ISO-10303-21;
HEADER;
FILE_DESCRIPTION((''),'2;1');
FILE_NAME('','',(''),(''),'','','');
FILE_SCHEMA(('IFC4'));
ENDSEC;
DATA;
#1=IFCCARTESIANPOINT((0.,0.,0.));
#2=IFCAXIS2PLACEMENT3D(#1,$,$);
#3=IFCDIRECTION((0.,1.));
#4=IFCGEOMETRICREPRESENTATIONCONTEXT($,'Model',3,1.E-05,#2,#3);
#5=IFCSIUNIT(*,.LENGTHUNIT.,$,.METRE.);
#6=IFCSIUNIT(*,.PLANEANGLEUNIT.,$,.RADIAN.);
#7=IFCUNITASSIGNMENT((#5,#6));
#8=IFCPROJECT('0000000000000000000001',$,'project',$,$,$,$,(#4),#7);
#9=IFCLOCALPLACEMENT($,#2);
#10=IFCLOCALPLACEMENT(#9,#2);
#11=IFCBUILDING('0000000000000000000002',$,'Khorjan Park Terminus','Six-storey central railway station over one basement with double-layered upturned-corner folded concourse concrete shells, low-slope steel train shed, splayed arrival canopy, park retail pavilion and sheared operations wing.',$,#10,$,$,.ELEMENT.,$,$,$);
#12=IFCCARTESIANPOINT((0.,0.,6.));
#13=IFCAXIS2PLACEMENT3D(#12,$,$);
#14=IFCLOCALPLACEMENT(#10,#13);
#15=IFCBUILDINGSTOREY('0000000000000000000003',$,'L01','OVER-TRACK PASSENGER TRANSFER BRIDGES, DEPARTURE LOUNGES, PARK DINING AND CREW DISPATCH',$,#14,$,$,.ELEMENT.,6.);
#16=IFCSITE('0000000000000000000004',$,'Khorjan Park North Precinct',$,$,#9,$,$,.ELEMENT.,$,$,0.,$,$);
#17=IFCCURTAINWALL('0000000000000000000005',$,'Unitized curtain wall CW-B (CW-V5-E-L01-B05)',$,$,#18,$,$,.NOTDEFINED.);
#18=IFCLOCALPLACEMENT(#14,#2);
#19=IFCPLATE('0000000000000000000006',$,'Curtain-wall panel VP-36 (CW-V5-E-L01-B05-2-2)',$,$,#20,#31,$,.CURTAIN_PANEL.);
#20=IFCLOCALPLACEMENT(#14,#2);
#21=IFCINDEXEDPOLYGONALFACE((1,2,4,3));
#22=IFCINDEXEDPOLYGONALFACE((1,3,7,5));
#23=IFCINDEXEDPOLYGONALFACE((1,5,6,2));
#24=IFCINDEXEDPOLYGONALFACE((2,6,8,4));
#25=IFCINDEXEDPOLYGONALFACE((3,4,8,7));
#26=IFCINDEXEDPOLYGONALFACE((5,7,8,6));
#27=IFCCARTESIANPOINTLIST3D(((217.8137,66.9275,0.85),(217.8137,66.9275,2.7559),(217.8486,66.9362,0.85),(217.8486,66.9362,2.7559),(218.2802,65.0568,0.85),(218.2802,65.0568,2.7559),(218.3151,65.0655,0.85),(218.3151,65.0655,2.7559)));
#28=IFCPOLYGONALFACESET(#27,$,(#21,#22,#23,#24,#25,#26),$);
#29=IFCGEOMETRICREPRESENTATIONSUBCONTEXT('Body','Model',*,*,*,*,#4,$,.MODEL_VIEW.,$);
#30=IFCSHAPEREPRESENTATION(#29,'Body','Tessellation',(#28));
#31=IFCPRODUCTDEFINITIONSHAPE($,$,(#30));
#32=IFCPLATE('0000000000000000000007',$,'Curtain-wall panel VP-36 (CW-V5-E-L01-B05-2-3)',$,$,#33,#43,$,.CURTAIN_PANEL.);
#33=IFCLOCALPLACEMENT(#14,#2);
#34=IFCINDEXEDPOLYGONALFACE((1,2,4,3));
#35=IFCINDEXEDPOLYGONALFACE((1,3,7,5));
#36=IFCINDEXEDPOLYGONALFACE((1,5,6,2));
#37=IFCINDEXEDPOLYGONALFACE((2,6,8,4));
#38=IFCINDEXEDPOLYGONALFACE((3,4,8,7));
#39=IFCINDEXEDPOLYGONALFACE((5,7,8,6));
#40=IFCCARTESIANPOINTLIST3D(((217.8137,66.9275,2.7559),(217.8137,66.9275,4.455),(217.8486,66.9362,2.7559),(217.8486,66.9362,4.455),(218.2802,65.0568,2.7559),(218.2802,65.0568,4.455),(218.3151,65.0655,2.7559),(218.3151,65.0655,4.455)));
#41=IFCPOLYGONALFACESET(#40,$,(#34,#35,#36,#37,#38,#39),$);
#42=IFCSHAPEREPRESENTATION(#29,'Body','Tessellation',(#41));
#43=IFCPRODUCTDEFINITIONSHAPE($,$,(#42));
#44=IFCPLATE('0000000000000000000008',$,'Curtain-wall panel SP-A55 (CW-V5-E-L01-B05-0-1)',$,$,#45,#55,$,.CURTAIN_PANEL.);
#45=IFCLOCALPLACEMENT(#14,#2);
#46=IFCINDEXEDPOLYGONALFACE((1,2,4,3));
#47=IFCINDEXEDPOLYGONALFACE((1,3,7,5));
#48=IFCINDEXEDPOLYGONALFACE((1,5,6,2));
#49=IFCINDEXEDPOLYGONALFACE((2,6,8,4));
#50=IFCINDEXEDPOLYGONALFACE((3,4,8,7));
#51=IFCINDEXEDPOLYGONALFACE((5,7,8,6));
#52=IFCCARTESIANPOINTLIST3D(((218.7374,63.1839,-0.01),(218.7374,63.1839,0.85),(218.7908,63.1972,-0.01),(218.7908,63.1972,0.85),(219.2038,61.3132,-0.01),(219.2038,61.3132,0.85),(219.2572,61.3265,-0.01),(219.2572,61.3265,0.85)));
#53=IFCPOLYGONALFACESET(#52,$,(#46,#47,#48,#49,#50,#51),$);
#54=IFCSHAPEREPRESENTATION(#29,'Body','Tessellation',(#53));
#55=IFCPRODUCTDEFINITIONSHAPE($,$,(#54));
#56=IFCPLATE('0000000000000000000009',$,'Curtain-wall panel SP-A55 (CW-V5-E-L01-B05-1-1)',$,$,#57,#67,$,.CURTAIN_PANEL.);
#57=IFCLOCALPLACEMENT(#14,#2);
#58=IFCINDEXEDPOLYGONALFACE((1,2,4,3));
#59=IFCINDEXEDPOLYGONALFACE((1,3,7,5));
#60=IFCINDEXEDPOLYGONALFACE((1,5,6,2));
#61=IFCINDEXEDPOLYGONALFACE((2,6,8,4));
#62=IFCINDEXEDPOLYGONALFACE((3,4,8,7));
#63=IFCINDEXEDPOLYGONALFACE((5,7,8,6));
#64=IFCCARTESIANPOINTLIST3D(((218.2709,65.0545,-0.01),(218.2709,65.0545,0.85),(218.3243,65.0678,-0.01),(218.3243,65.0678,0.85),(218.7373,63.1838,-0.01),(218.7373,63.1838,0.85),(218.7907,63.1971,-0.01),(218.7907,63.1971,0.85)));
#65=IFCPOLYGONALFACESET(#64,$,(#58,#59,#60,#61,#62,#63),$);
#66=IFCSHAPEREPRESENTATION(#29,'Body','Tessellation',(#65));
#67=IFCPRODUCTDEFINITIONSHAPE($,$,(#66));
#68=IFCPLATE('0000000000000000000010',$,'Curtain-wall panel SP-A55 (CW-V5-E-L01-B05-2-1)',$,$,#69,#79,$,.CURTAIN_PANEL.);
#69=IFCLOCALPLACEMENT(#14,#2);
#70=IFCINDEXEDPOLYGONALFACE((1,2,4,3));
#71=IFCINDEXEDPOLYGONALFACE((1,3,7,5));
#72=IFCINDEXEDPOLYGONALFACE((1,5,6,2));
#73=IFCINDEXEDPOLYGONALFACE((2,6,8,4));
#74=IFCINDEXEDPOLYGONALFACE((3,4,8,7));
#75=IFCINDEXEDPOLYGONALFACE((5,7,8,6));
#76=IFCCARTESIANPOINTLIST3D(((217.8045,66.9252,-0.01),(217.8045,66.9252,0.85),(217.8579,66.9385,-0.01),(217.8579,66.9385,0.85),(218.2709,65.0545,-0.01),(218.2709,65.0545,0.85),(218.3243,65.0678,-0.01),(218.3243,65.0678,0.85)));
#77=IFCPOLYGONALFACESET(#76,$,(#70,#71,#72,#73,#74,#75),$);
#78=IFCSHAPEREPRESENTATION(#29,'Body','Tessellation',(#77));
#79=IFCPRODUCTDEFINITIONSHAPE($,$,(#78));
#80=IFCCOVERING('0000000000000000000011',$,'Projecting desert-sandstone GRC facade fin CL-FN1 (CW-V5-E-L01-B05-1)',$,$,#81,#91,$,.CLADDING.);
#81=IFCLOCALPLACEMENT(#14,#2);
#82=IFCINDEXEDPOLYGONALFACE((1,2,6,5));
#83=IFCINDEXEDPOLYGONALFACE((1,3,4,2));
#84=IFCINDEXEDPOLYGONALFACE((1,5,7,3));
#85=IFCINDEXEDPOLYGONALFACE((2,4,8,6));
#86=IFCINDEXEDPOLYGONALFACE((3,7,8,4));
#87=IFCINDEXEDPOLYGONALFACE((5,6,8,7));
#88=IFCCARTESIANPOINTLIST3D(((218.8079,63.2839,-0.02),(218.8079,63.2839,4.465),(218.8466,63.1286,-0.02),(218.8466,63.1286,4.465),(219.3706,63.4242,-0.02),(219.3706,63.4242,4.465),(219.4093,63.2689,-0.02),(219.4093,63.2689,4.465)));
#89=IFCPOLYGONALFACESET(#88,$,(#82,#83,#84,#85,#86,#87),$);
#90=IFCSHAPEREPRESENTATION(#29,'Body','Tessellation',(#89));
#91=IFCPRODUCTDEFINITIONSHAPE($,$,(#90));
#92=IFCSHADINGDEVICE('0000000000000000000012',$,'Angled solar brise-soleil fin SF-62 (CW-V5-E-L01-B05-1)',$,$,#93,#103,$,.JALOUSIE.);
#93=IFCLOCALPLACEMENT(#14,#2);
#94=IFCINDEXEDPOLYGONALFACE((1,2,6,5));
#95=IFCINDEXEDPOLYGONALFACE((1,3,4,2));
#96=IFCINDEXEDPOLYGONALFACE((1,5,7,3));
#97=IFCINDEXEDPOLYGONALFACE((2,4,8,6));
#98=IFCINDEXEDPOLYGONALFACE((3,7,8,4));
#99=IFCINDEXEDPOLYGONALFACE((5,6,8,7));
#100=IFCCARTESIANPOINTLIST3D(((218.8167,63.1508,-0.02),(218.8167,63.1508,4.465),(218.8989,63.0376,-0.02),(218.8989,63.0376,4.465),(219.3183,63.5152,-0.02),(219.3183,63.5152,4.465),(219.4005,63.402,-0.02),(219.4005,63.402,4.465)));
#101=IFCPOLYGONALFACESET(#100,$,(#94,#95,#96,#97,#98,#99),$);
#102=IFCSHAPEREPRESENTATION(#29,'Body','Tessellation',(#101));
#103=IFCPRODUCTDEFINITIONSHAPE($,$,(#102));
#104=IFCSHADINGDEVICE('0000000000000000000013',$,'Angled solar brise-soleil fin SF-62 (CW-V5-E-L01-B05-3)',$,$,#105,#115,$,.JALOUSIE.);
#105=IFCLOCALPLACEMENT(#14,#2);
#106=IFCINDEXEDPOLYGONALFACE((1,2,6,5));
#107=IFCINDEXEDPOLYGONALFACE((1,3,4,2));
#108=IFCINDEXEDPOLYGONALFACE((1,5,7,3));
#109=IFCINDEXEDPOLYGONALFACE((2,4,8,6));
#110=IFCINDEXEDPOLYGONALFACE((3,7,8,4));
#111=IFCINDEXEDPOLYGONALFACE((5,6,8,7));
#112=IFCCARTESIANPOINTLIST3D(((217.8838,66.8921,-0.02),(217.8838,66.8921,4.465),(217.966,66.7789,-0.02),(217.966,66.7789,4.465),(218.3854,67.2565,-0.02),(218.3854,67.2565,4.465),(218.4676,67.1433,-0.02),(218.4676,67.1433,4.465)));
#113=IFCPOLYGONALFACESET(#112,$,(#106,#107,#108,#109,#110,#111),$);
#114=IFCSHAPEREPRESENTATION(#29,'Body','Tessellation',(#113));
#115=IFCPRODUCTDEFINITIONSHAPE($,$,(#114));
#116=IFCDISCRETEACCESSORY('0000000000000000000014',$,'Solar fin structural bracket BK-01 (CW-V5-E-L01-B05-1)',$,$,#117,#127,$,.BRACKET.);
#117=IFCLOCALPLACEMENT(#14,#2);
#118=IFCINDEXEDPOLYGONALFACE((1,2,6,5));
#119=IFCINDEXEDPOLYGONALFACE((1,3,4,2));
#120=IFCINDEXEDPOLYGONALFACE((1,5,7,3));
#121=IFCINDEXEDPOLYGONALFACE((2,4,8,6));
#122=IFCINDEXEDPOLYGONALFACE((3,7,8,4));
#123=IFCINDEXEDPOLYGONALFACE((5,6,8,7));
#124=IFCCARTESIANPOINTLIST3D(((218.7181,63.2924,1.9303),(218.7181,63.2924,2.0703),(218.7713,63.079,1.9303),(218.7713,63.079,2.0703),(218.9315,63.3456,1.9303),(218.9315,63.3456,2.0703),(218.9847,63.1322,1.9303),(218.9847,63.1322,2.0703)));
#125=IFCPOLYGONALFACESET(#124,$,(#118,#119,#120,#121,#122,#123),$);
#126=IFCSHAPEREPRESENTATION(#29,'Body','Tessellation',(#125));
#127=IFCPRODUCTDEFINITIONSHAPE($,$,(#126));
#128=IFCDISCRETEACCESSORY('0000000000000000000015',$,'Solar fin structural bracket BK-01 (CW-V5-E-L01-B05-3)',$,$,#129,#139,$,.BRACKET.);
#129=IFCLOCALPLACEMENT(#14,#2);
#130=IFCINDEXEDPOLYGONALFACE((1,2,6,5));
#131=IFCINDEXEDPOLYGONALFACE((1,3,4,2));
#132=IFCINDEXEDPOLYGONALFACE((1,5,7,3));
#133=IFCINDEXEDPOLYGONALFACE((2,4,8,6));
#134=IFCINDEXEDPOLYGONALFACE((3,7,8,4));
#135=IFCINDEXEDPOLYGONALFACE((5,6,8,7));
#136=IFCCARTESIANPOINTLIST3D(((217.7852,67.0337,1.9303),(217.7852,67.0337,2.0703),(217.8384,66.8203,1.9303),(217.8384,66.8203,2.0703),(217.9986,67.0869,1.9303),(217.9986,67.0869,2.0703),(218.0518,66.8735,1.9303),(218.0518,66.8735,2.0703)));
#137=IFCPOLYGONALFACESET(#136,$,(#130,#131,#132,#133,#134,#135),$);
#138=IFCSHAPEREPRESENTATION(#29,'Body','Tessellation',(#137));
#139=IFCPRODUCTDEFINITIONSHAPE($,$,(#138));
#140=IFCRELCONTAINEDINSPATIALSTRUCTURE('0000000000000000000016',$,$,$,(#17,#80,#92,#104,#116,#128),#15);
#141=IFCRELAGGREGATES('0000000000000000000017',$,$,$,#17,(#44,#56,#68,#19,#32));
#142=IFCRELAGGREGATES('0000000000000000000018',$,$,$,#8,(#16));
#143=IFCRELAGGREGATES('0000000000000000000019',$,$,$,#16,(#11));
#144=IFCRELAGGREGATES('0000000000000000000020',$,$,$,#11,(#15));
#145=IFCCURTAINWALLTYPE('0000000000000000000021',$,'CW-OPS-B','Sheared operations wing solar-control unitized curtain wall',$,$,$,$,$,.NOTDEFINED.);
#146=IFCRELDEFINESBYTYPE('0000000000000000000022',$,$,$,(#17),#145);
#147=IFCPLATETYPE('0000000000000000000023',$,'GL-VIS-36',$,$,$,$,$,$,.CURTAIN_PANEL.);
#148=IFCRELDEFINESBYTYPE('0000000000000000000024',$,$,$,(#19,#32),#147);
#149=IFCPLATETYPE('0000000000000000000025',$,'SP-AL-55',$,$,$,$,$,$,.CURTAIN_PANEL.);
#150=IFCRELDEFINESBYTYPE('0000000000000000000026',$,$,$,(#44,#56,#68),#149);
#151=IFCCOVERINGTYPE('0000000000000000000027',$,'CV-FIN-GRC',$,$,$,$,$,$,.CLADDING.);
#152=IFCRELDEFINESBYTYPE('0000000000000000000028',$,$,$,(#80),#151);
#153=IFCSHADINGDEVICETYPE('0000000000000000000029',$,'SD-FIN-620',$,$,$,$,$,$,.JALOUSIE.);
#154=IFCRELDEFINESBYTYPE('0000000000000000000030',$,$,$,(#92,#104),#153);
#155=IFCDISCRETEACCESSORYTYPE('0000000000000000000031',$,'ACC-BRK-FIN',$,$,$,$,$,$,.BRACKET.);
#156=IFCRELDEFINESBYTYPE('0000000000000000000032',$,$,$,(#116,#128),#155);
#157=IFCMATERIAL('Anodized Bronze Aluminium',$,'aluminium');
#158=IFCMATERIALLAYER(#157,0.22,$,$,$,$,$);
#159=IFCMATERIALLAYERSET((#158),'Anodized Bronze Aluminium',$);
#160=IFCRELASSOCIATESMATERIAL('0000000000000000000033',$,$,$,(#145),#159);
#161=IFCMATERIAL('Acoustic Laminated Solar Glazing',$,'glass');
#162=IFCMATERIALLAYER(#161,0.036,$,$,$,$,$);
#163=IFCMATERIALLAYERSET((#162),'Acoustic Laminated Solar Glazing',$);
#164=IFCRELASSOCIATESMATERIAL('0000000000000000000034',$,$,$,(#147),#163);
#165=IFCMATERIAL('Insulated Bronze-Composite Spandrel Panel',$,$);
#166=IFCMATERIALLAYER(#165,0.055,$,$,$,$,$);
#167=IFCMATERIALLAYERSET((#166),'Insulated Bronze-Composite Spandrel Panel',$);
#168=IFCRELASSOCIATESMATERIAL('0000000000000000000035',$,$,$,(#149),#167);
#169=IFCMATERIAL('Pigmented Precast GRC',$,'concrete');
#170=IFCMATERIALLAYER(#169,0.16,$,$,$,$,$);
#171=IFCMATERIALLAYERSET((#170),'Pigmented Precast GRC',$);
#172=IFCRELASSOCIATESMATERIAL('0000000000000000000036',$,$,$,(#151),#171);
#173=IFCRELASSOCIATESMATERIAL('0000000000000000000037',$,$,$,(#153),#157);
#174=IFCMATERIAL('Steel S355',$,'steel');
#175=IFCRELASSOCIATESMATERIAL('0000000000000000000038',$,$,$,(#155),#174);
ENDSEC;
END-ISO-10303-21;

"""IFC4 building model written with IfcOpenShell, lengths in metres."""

from ifc_helpers import new_model, si_unit, direction, frame, origin, origin_2d, place, context, subcontext, project, spatial, rectangle, extrude, material, layer, layer_set, type_object, element, aggregate, save


model = new_model("IFC4")

# Units and contexts
model_context = context("Model", 3, precision=1e-05, world=origin(), true_north=direction((0.0, 1.0)))
body_context = subcontext(model_context, "Body", "Model", "MODEL_VIEW")
ifc_project = project(units=[si_unit("LENGTHUNIT", "METRE"), si_unit("PLANEANGLEUNIT", "RADIAN")], contexts=[model_context])

# Site, building, storey
site_placement = place(None, origin())
site = spatial("IfcSite", under=ifc_project, at=site_placement, Name="Khorjan Park North Precinct", CompositionType="ELEMENT", RefElevation=0.0)
building_placement = place(site_placement, origin())
building = spatial("IfcBuilding", under=site, at=building_placement, Name="Khorjan Park Terminus", Description="Six-storey central railway station over one basement with double-layered upturned-corner folded concourse concrete shells, low-slope steel train shed, splayed arrival canopy, park retail pavilion and sheared operations wing.", CompositionType="ELEMENT")
storey_placement = place(building_placement, frame((0.0, 0.0, 6.0)))
storey = spatial("IfcBuildingStorey", under=building, at=storey_placement, Name="L01", Description="OVER-TRACK PASSENGER TRANSFER BRIDGES, DEPARTURE LOUNGES, PARK DINING AND CREW DISPATCH", CompositionType="ELEMENT", Elevation=6.0)

# Shared definitions
ifc_material_1 = material(Name="Steel S355", Category="steel")

# Curtain wall, plates
ifc_material_2 = material(Name="Anodized Bronze Aluminium", Category="aluminium")
ifc_layer_1 = layer(ifc_material_2, 0.22)
ifc_layer_set_1 = layer_set([ifc_layer_1], Name="Anodized Bronze Aluminium")
curtain_wall_type = type_object("IfcCurtainWallType", Name="CW-OPS-B", Description="Sheared operations wing solar-control unitized curtain wall", PredefinedType="NOTDEFINED", material=ifc_layer_set_1)
curtain_wall_placement = place(storey_placement, origin())
curtain_wall = element("IfcCurtainWall", 1, at=curtain_wall_placement, inside=storey, type_object=curtain_wall_type, Name="Unitized curtain wall CW-B (CW-V5-E-L01-B05)", PredefinedType="NOTDEFINED")
ifc_material_3 = material(Name="Acoustic Laminated Solar Glazing", Category="glass")
ifc_layer_2 = layer(ifc_material_3, 0.036)
ifc_layer_set_2 = layer_set([ifc_layer_2], Name="Acoustic Laminated Solar Glazing")
plate_type_1 = type_object("IfcPlateType", Name="GL-VIS-36", PredefinedType="CURTAIN_PANEL", material=ifc_layer_set_2)
plate_1_placement = place(storey_placement, frame((218.0644, 65.9965, 0.85), z_axis=(0.0, 0.0, 1.0), x_axis=(-0.241935, 0.970292, 0.0)))
plate_1 = element("IfcPlate", 2, at=plate_1_placement, type_object=plate_type_1, Name="Curtain-wall panel VP-36 (CW-V5-E-L01-B05-2-2)", PredefinedType="CURTAIN_PANEL", context=body_context, shape_type="SweptSolid", body=[
    extrude(rectangle(XDim=1.928, YDim=0.036, at=origin_2d()), origin(), (0.0, 0.0, 1.0), 1.9059),
])
plate_2_placement = place(storey_placement, frame((218.0644, 65.9965, 2.7559), z_axis=(0.0, 0.0, 1.0), x_axis=(-0.241935, 0.970292, 0.0)))
plate_2 = element("IfcPlate", 3, at=plate_2_placement, type_object=plate_type_1, Name="Curtain-wall panel VP-36 (CW-V5-E-L01-B05-2-3)", PredefinedType="CURTAIN_PANEL", context=body_context, shape_type="SweptSolid", body=[
    extrude(rectangle(XDim=1.928, YDim=0.036, at=origin_2d()), origin(), (0.0, 0.0, 1.0), 1.6991),
])
ifc_material_4 = material(Name="Insulated Bronze-Composite Spandrel Panel")
ifc_layer_3 = layer(ifc_material_4, 0.055)
ifc_layer_set_3 = layer_set([ifc_layer_3], Name="Insulated Bronze-Composite Spandrel Panel")
plate_type_2 = type_object("IfcPlateType", Name="SP-AL-55", PredefinedType="CURTAIN_PANEL", material=ifc_layer_set_3)
plate_3_placement = place(storey_placement, frame((218.9973, 62.2552, -0.01), z_axis=(0.0, 0.0, 1.0), x_axis=(-0.241935, 0.970292, 0.0)))
plate_3 = element("IfcPlate", 4, at=plate_3_placement, type_object=plate_type_2, Name="Curtain-wall panel SP-A55 (CW-V5-E-L01-B05-0-1)", PredefinedType="CURTAIN_PANEL", context=body_context, shape_type="SweptSolid", body=[
    extrude(rectangle(XDim=1.928, YDim=0.055, at=origin_2d()), origin(), (0.0, 0.0, 1.0), 0.86),
])
plate_4_placement = place(storey_placement, frame((218.5308, 64.1258, -0.01), z_axis=(0.0, 0.0, 1.0), x_axis=(-0.241935, 0.970292, 0.0)))
plate_4 = element("IfcPlate", 5, at=plate_4_placement, type_object=plate_type_2, Name="Curtain-wall panel SP-A55 (CW-V5-E-L01-B05-1-1)", PredefinedType="CURTAIN_PANEL", context=body_context, shape_type="SweptSolid", body=[
    extrude(rectangle(XDim=1.928, YDim=0.055, at=origin_2d()), origin(), (0.0, 0.0, 1.0), 0.86),
])
plate_5_placement = place(storey_placement, frame((218.0644, 65.9965, -0.01), z_axis=(0.0, 0.0, 1.0), x_axis=(-0.241935, 0.970292, 0.0)))
plate_5 = element("IfcPlate", 6, at=plate_5_placement, type_object=plate_type_2, Name="Curtain-wall panel SP-A55 (CW-V5-E-L01-B05-2-1)", PredefinedType="CURTAIN_PANEL", context=body_context, shape_type="SweptSolid", body=[
    extrude(rectangle(XDim=1.928, YDim=0.055, at=origin_2d()), origin(), (0.0, 0.0, 1.0), 0.86),
])
aggregate(curtain_wall, [plate_3, plate_4, plate_5, plate_1, plate_2])

# Covering
ifc_material_5 = material(Name="Pigmented Precast GRC", Category="concrete")
ifc_layer_4 = layer(ifc_material_5, 0.16)
ifc_layer_set_4 = layer_set([ifc_layer_4], Name="Pigmented Precast GRC")
covering_type = type_object("IfcCoveringType", Name="CV-FIN-GRC", PredefinedType="CLADDING", material=ifc_layer_set_4)
covering_placement = place(storey_placement, frame((219.1086, 63.2764, -0.02), z_axis=(0.0, 0.0, 1.0), x_axis=(-0.970296, -0.241922, 0.0)))
element("IfcCovering", 7, at=covering_placement, inside=storey, type_object=covering_type, Name="Projecting desert-sandstone GRC facade fin CL-FN1 (CW-V5-E-L01-B05-1)", PredefinedType="CLADDING", context=body_context, shape_type="SweptSolid", body=[
    extrude(rectangle(XDim=0.58, YDim=0.16, at=origin_2d()), origin(), (0.0, 0.0, 1.0), 4.485),
])

# Shading devices
shading_device_type = type_object("IfcShadingDeviceType", Name="SD-FIN-620", PredefinedType="JALOUSIE", material=ifc_material_2)
for number, where, z_axis, x_axis, name in (
    (8, (219.1086, 63.2764, -0.02), (0.0, 0.0, 1.0), (-0.809017, -0.587785, 0.0), "Angled solar brise-soleil fin SF-62 (CW-V5-E-L01-B05-1)"),
    (9, (218.1757, 67.0177, -0.02), (0.0, 0.0, 1.0), (-0.809017, -0.587785, 0.0), "Angled solar brise-soleil fin SF-62 (CW-V5-E-L01-B05-3)"),
):
    element("IfcShadingDevice", number, at=place(storey_placement, frame(where, z_axis=z_axis, x_axis=x_axis)), inside=storey, type_object=shading_device_type, Name=name, PredefinedType="JALOUSIE", context=body_context, shape_type="SweptSolid", body=[
        extrude(rectangle(XDim=0.62, YDim=0.14, at=origin_2d()), origin(), (0.0, 0.0, 1.0), 4.485),
    ])

# Discrete accessories
discrete_accessory_type = type_object("IfcDiscreteAccessoryType", Name="ACC-BRK-FIN", PredefinedType="BRACKET", material=ifc_material_1)
for number, where, z_axis, x_axis, name in (
    (10, (218.8514, 63.2123, 1.9303), (0.0, 0.0, 1.0), (-0.241935, 0.970292, 0.0), "Solar fin structural bracket BK-01 (CW-V5-E-L01-B05-1)"),
    (11, (217.9185, 66.9536, 1.9303), (0.0, 0.0, 1.0), (-0.241935, 0.970292, 0.0), "Solar fin structural bracket BK-01 (CW-V5-E-L01-B05-3)"),
):
    element("IfcDiscreteAccessory", number, at=place(storey_placement, frame(where, z_axis=z_axis, x_axis=x_axis)), inside=storey, type_object=discrete_accessory_type, Name=name, PredefinedType="BRACKET", context=body_context, shape_type="SweptSolid", body=[
        extrude(rectangle(XDim=0.22, YDim=0.22, at=origin_2d()), origin(), (0.0, 0.0, 1.0), 0.14),
    ])

save(model, "model.ifc")
